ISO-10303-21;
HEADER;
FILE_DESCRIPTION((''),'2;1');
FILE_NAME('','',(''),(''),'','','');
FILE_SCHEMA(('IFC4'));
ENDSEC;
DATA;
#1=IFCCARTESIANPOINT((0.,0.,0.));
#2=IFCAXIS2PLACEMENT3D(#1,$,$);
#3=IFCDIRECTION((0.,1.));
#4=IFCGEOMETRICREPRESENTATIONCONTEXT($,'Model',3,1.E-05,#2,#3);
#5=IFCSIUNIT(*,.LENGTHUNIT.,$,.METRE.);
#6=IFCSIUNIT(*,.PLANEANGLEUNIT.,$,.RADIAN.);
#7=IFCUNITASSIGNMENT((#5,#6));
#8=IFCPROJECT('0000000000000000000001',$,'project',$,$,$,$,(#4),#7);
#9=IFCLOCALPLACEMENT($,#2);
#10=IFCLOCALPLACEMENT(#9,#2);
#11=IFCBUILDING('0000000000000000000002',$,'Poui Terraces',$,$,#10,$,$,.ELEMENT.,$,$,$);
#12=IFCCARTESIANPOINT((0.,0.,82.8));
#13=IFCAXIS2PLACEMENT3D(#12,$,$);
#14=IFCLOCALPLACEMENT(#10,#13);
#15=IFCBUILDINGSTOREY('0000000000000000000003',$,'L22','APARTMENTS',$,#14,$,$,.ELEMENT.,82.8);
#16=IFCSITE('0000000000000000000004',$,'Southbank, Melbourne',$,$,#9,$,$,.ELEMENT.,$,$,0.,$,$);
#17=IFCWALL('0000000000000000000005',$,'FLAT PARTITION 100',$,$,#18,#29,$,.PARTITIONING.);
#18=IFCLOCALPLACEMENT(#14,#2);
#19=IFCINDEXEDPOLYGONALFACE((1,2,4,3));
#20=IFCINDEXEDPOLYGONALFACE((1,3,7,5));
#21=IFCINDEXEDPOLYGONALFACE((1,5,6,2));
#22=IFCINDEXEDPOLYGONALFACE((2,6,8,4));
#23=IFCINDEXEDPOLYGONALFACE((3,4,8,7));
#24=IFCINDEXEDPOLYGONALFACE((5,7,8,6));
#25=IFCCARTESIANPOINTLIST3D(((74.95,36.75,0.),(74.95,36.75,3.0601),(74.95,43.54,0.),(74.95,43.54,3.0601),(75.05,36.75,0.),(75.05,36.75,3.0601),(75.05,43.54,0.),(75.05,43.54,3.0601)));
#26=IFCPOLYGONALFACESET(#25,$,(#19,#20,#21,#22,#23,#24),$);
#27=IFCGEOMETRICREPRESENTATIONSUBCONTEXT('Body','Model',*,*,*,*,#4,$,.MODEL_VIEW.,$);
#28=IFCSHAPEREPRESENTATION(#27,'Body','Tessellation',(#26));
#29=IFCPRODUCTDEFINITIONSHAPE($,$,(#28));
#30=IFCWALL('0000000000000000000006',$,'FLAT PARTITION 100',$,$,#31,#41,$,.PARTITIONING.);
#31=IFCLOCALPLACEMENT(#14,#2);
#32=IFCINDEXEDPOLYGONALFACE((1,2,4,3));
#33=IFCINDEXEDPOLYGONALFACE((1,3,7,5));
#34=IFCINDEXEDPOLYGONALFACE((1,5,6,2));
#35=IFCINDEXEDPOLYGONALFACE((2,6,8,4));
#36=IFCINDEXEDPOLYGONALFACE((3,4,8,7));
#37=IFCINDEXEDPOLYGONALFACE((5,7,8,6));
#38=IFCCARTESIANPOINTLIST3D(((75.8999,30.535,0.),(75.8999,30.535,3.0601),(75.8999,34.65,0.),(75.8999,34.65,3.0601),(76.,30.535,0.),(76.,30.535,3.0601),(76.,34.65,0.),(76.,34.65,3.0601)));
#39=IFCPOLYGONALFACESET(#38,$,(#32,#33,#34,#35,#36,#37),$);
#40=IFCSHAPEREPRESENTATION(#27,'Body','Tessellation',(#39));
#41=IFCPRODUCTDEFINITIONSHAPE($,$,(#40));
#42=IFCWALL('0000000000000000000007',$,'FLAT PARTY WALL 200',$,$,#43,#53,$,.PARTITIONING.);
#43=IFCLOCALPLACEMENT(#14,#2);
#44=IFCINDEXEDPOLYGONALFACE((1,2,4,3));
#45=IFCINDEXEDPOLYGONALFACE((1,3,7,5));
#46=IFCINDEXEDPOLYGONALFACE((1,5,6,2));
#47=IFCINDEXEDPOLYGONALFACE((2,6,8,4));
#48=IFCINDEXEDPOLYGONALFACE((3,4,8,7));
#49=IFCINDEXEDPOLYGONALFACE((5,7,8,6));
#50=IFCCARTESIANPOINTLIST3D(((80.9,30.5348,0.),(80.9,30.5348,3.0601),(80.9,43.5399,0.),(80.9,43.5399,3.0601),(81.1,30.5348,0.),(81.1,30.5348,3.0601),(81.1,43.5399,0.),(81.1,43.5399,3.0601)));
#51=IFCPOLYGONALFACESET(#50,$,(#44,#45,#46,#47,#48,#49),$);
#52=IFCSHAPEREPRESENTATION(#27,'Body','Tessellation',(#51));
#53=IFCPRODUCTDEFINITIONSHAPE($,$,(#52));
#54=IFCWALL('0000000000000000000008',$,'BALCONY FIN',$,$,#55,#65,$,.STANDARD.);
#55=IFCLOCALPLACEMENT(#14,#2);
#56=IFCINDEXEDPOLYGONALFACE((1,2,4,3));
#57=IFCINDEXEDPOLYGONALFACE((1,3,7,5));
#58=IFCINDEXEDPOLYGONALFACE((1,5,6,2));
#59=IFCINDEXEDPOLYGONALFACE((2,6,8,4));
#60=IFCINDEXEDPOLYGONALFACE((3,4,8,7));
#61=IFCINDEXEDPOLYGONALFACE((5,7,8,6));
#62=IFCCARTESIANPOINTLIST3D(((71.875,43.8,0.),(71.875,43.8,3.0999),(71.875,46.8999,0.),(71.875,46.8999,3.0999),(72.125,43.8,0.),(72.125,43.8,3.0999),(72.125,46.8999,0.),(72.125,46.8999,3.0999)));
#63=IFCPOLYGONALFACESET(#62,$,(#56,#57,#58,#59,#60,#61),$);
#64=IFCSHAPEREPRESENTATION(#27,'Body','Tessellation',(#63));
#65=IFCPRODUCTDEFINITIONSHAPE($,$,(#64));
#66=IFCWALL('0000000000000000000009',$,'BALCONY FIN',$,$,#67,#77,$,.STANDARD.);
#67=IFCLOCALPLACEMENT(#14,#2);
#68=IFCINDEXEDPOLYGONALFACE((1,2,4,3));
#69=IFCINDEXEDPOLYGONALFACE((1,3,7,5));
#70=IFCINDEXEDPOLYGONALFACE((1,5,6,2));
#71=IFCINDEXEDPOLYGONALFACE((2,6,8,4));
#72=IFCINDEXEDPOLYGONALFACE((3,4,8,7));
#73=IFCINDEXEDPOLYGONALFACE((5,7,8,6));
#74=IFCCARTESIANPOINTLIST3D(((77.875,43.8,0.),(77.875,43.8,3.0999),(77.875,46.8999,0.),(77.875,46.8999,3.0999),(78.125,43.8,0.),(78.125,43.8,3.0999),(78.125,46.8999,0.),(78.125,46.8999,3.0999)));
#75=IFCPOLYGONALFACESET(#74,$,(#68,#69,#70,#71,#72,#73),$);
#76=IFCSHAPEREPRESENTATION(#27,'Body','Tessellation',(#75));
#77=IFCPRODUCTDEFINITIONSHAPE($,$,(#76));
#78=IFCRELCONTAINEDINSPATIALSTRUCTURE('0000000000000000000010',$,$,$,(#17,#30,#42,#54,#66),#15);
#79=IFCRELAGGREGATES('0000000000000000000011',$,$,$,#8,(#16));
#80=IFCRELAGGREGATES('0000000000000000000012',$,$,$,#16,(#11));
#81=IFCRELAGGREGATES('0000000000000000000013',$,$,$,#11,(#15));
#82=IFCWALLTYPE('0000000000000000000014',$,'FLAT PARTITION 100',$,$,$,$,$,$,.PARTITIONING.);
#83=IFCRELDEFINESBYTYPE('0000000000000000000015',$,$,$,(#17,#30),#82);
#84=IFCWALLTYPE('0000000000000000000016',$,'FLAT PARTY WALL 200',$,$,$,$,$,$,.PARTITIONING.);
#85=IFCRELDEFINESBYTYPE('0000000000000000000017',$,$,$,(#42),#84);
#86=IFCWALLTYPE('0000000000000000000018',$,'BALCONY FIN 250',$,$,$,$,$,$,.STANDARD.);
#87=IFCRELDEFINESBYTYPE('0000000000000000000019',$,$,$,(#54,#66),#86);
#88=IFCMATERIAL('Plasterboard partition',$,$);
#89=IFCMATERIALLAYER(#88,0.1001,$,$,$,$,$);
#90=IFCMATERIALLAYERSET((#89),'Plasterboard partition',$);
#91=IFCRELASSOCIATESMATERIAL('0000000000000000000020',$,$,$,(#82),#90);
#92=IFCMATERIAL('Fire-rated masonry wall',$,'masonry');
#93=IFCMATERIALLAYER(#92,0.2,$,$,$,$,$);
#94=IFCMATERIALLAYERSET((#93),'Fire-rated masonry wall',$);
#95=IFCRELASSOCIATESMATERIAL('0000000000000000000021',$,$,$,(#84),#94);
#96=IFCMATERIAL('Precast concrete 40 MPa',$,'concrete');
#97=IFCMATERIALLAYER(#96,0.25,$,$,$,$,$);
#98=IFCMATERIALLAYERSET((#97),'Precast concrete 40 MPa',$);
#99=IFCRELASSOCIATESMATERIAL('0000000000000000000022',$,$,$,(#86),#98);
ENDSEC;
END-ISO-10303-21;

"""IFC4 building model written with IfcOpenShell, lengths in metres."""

from ifc_helpers import new_model, si_unit, direction, frame, frame_2d, origin, place, context, subcontext, project, spatial, polyline, rectangle, outline, extrude, source, transform, mapped, material, layer, layer_set, type_object, element, save


model = new_model("IFC4")

# Units and contexts
model_context = context("Model", 3, precision=1e-05, world=origin(), true_north=direction((0.0, 1.0)))
body_context = subcontext(model_context, "Body", "Model", "MODEL_VIEW")
ifc_project = project(units=[si_unit("LENGTHUNIT", "METRE"), si_unit("PLANEANGLEUNIT", "RADIAN")], contexts=[model_context])

# Site, building, storey
site_placement = place(None, origin())
site = spatial("IfcSite", under=ifc_project, at=site_placement, Name="Southbank, Melbourne", CompositionType="ELEMENT", RefElevation=0.0)
building_placement = place(site_placement, origin())
building = spatial("IfcBuilding", under=site, at=building_placement, Name="Poui Terraces", CompositionType="ELEMENT")
storey_placement = place(building_placement, frame((0.0, 0.0, 82.8)))
storey = spatial("IfcBuildingStorey", under=building, at=storey_placement, Name="L22", Description="APARTMENTS", CompositionType="ELEMENT", Elevation=82.8)

# Shared definitions
ifc_material_1 = material(Name="Plasterboard partition")
ifc_layer_1 = layer(ifc_material_1, 0.1001)
ifc_layer_set_1 = layer_set([ifc_layer_1], Name="Plasterboard partition")
wall_type_1 = type_object("IfcWallType", Name="FLAT PARTITION 100", PredefinedType="PARTITIONING", material=ifc_layer_set_1)

# Walls
wall_1_placement = place(storey_placement, frame((75.0, 36.75, 0.0), z_axis=(0.0, 0.0, 1.0), x_axis=(0.0, 1.0, 0.0)))
element("IfcWall", 1, at=wall_1_placement, inside=storey, type_object=wall_type_1, Name="FLAT PARTITION 100", PredefinedType="PARTITIONING", context=body_context, shape_type="SweptSolid", body=[
    extrude(rectangle(XDim=6.79, YDim=0.1001, at=frame_2d((3.395, 0.0))), origin(), (0.0, 0.0, 1.0), 3.0601),
])
wall_2_placement = place(storey_placement, frame((75.95, 30.5349, 0.0), z_axis=(0.0, 0.0, 1.0), x_axis=(0.0, 1.0, 0.0)))
element("IfcWall", 2, at=wall_2_placement, inside=storey, type_object=wall_type_1, Name="FLAT PARTITION 100", PredefinedType="PARTITIONING", context=body_context, shape_type="SweptSolid", body=[
    extrude(rectangle(XDim=4.115, YDim=0.1001, at=frame_2d((2.0576, 0.0))), origin(), (0.0, 0.0, 1.0), 3.0601),
])
ifc_material_2 = material(Name="Fire-rated masonry wall", Category="masonry")
ifc_layer_2 = layer(ifc_material_2, 0.2)
ifc_layer_set_2 = layer_set([ifc_layer_2], Name="Fire-rated masonry wall")
wall_type_2 = type_object("IfcWallType", Name="FLAT PARTY WALL 200", PredefinedType="PARTITIONING", material=ifc_layer_set_2)
wall_3_placement = place(storey_placement, frame((81.0, 30.5349, 0.0), z_axis=(0.0, 0.0, 1.0), x_axis=(0.0, 1.0, 0.0)))
element("IfcWall", 3, at=wall_3_placement, inside=storey, type_object=wall_type_2, Name="FLAT PARTY WALL 200", PredefinedType="PARTITIONING", context=body_context, shape_type="SweptSolid", body=[
    extrude(rectangle(XDim=13.0051, YDim=0.2, at=frame_2d((6.5024, 0.0))), origin(), (0.0, 0.0, 1.0), 3.0601),
])
ifc_material_3 = material(Name="Precast concrete 40 MPa", Category="concrete")
ifc_layer_3 = layer(ifc_material_3, 0.25)
ifc_layer_set_3 = layer_set([ifc_layer_3], Name="Precast concrete 40 MPa")
wall_type_3 = type_object("IfcWallType", Name="BALCONY FIN 250", PredefinedType="STANDARD", material=ifc_layer_set_3)
shared_shape_1 = source(origin(), body_context, "Body", "SweptSolid", [
    extrude(outline(polyline([(0.0, 0.0), (0.25, 0.0), (0.25, 3.0999), (0.0, 3.0999), (0.0, 0.0)])), origin(), (0.0, 0.0, 1.0), 3.0999),
])
for number, where, name in (
    (4, (71.875, 43.8, 0.0), "BALCONY FIN"),
    (5, (77.875, 43.8, 0.0), "BALCONY FIN"),
):
    element("IfcWall", number, at=place(storey_placement, frame(where)), inside=storey, type_object=wall_type_3, Name=name, PredefinedType="STANDARD", context=body_context, shape_type="MappedRepresentation", body=[
        mapped(shared_shape_1, transform((0.0, 0.0, 0.0))),
    ])

save(model, "model.ifc")
